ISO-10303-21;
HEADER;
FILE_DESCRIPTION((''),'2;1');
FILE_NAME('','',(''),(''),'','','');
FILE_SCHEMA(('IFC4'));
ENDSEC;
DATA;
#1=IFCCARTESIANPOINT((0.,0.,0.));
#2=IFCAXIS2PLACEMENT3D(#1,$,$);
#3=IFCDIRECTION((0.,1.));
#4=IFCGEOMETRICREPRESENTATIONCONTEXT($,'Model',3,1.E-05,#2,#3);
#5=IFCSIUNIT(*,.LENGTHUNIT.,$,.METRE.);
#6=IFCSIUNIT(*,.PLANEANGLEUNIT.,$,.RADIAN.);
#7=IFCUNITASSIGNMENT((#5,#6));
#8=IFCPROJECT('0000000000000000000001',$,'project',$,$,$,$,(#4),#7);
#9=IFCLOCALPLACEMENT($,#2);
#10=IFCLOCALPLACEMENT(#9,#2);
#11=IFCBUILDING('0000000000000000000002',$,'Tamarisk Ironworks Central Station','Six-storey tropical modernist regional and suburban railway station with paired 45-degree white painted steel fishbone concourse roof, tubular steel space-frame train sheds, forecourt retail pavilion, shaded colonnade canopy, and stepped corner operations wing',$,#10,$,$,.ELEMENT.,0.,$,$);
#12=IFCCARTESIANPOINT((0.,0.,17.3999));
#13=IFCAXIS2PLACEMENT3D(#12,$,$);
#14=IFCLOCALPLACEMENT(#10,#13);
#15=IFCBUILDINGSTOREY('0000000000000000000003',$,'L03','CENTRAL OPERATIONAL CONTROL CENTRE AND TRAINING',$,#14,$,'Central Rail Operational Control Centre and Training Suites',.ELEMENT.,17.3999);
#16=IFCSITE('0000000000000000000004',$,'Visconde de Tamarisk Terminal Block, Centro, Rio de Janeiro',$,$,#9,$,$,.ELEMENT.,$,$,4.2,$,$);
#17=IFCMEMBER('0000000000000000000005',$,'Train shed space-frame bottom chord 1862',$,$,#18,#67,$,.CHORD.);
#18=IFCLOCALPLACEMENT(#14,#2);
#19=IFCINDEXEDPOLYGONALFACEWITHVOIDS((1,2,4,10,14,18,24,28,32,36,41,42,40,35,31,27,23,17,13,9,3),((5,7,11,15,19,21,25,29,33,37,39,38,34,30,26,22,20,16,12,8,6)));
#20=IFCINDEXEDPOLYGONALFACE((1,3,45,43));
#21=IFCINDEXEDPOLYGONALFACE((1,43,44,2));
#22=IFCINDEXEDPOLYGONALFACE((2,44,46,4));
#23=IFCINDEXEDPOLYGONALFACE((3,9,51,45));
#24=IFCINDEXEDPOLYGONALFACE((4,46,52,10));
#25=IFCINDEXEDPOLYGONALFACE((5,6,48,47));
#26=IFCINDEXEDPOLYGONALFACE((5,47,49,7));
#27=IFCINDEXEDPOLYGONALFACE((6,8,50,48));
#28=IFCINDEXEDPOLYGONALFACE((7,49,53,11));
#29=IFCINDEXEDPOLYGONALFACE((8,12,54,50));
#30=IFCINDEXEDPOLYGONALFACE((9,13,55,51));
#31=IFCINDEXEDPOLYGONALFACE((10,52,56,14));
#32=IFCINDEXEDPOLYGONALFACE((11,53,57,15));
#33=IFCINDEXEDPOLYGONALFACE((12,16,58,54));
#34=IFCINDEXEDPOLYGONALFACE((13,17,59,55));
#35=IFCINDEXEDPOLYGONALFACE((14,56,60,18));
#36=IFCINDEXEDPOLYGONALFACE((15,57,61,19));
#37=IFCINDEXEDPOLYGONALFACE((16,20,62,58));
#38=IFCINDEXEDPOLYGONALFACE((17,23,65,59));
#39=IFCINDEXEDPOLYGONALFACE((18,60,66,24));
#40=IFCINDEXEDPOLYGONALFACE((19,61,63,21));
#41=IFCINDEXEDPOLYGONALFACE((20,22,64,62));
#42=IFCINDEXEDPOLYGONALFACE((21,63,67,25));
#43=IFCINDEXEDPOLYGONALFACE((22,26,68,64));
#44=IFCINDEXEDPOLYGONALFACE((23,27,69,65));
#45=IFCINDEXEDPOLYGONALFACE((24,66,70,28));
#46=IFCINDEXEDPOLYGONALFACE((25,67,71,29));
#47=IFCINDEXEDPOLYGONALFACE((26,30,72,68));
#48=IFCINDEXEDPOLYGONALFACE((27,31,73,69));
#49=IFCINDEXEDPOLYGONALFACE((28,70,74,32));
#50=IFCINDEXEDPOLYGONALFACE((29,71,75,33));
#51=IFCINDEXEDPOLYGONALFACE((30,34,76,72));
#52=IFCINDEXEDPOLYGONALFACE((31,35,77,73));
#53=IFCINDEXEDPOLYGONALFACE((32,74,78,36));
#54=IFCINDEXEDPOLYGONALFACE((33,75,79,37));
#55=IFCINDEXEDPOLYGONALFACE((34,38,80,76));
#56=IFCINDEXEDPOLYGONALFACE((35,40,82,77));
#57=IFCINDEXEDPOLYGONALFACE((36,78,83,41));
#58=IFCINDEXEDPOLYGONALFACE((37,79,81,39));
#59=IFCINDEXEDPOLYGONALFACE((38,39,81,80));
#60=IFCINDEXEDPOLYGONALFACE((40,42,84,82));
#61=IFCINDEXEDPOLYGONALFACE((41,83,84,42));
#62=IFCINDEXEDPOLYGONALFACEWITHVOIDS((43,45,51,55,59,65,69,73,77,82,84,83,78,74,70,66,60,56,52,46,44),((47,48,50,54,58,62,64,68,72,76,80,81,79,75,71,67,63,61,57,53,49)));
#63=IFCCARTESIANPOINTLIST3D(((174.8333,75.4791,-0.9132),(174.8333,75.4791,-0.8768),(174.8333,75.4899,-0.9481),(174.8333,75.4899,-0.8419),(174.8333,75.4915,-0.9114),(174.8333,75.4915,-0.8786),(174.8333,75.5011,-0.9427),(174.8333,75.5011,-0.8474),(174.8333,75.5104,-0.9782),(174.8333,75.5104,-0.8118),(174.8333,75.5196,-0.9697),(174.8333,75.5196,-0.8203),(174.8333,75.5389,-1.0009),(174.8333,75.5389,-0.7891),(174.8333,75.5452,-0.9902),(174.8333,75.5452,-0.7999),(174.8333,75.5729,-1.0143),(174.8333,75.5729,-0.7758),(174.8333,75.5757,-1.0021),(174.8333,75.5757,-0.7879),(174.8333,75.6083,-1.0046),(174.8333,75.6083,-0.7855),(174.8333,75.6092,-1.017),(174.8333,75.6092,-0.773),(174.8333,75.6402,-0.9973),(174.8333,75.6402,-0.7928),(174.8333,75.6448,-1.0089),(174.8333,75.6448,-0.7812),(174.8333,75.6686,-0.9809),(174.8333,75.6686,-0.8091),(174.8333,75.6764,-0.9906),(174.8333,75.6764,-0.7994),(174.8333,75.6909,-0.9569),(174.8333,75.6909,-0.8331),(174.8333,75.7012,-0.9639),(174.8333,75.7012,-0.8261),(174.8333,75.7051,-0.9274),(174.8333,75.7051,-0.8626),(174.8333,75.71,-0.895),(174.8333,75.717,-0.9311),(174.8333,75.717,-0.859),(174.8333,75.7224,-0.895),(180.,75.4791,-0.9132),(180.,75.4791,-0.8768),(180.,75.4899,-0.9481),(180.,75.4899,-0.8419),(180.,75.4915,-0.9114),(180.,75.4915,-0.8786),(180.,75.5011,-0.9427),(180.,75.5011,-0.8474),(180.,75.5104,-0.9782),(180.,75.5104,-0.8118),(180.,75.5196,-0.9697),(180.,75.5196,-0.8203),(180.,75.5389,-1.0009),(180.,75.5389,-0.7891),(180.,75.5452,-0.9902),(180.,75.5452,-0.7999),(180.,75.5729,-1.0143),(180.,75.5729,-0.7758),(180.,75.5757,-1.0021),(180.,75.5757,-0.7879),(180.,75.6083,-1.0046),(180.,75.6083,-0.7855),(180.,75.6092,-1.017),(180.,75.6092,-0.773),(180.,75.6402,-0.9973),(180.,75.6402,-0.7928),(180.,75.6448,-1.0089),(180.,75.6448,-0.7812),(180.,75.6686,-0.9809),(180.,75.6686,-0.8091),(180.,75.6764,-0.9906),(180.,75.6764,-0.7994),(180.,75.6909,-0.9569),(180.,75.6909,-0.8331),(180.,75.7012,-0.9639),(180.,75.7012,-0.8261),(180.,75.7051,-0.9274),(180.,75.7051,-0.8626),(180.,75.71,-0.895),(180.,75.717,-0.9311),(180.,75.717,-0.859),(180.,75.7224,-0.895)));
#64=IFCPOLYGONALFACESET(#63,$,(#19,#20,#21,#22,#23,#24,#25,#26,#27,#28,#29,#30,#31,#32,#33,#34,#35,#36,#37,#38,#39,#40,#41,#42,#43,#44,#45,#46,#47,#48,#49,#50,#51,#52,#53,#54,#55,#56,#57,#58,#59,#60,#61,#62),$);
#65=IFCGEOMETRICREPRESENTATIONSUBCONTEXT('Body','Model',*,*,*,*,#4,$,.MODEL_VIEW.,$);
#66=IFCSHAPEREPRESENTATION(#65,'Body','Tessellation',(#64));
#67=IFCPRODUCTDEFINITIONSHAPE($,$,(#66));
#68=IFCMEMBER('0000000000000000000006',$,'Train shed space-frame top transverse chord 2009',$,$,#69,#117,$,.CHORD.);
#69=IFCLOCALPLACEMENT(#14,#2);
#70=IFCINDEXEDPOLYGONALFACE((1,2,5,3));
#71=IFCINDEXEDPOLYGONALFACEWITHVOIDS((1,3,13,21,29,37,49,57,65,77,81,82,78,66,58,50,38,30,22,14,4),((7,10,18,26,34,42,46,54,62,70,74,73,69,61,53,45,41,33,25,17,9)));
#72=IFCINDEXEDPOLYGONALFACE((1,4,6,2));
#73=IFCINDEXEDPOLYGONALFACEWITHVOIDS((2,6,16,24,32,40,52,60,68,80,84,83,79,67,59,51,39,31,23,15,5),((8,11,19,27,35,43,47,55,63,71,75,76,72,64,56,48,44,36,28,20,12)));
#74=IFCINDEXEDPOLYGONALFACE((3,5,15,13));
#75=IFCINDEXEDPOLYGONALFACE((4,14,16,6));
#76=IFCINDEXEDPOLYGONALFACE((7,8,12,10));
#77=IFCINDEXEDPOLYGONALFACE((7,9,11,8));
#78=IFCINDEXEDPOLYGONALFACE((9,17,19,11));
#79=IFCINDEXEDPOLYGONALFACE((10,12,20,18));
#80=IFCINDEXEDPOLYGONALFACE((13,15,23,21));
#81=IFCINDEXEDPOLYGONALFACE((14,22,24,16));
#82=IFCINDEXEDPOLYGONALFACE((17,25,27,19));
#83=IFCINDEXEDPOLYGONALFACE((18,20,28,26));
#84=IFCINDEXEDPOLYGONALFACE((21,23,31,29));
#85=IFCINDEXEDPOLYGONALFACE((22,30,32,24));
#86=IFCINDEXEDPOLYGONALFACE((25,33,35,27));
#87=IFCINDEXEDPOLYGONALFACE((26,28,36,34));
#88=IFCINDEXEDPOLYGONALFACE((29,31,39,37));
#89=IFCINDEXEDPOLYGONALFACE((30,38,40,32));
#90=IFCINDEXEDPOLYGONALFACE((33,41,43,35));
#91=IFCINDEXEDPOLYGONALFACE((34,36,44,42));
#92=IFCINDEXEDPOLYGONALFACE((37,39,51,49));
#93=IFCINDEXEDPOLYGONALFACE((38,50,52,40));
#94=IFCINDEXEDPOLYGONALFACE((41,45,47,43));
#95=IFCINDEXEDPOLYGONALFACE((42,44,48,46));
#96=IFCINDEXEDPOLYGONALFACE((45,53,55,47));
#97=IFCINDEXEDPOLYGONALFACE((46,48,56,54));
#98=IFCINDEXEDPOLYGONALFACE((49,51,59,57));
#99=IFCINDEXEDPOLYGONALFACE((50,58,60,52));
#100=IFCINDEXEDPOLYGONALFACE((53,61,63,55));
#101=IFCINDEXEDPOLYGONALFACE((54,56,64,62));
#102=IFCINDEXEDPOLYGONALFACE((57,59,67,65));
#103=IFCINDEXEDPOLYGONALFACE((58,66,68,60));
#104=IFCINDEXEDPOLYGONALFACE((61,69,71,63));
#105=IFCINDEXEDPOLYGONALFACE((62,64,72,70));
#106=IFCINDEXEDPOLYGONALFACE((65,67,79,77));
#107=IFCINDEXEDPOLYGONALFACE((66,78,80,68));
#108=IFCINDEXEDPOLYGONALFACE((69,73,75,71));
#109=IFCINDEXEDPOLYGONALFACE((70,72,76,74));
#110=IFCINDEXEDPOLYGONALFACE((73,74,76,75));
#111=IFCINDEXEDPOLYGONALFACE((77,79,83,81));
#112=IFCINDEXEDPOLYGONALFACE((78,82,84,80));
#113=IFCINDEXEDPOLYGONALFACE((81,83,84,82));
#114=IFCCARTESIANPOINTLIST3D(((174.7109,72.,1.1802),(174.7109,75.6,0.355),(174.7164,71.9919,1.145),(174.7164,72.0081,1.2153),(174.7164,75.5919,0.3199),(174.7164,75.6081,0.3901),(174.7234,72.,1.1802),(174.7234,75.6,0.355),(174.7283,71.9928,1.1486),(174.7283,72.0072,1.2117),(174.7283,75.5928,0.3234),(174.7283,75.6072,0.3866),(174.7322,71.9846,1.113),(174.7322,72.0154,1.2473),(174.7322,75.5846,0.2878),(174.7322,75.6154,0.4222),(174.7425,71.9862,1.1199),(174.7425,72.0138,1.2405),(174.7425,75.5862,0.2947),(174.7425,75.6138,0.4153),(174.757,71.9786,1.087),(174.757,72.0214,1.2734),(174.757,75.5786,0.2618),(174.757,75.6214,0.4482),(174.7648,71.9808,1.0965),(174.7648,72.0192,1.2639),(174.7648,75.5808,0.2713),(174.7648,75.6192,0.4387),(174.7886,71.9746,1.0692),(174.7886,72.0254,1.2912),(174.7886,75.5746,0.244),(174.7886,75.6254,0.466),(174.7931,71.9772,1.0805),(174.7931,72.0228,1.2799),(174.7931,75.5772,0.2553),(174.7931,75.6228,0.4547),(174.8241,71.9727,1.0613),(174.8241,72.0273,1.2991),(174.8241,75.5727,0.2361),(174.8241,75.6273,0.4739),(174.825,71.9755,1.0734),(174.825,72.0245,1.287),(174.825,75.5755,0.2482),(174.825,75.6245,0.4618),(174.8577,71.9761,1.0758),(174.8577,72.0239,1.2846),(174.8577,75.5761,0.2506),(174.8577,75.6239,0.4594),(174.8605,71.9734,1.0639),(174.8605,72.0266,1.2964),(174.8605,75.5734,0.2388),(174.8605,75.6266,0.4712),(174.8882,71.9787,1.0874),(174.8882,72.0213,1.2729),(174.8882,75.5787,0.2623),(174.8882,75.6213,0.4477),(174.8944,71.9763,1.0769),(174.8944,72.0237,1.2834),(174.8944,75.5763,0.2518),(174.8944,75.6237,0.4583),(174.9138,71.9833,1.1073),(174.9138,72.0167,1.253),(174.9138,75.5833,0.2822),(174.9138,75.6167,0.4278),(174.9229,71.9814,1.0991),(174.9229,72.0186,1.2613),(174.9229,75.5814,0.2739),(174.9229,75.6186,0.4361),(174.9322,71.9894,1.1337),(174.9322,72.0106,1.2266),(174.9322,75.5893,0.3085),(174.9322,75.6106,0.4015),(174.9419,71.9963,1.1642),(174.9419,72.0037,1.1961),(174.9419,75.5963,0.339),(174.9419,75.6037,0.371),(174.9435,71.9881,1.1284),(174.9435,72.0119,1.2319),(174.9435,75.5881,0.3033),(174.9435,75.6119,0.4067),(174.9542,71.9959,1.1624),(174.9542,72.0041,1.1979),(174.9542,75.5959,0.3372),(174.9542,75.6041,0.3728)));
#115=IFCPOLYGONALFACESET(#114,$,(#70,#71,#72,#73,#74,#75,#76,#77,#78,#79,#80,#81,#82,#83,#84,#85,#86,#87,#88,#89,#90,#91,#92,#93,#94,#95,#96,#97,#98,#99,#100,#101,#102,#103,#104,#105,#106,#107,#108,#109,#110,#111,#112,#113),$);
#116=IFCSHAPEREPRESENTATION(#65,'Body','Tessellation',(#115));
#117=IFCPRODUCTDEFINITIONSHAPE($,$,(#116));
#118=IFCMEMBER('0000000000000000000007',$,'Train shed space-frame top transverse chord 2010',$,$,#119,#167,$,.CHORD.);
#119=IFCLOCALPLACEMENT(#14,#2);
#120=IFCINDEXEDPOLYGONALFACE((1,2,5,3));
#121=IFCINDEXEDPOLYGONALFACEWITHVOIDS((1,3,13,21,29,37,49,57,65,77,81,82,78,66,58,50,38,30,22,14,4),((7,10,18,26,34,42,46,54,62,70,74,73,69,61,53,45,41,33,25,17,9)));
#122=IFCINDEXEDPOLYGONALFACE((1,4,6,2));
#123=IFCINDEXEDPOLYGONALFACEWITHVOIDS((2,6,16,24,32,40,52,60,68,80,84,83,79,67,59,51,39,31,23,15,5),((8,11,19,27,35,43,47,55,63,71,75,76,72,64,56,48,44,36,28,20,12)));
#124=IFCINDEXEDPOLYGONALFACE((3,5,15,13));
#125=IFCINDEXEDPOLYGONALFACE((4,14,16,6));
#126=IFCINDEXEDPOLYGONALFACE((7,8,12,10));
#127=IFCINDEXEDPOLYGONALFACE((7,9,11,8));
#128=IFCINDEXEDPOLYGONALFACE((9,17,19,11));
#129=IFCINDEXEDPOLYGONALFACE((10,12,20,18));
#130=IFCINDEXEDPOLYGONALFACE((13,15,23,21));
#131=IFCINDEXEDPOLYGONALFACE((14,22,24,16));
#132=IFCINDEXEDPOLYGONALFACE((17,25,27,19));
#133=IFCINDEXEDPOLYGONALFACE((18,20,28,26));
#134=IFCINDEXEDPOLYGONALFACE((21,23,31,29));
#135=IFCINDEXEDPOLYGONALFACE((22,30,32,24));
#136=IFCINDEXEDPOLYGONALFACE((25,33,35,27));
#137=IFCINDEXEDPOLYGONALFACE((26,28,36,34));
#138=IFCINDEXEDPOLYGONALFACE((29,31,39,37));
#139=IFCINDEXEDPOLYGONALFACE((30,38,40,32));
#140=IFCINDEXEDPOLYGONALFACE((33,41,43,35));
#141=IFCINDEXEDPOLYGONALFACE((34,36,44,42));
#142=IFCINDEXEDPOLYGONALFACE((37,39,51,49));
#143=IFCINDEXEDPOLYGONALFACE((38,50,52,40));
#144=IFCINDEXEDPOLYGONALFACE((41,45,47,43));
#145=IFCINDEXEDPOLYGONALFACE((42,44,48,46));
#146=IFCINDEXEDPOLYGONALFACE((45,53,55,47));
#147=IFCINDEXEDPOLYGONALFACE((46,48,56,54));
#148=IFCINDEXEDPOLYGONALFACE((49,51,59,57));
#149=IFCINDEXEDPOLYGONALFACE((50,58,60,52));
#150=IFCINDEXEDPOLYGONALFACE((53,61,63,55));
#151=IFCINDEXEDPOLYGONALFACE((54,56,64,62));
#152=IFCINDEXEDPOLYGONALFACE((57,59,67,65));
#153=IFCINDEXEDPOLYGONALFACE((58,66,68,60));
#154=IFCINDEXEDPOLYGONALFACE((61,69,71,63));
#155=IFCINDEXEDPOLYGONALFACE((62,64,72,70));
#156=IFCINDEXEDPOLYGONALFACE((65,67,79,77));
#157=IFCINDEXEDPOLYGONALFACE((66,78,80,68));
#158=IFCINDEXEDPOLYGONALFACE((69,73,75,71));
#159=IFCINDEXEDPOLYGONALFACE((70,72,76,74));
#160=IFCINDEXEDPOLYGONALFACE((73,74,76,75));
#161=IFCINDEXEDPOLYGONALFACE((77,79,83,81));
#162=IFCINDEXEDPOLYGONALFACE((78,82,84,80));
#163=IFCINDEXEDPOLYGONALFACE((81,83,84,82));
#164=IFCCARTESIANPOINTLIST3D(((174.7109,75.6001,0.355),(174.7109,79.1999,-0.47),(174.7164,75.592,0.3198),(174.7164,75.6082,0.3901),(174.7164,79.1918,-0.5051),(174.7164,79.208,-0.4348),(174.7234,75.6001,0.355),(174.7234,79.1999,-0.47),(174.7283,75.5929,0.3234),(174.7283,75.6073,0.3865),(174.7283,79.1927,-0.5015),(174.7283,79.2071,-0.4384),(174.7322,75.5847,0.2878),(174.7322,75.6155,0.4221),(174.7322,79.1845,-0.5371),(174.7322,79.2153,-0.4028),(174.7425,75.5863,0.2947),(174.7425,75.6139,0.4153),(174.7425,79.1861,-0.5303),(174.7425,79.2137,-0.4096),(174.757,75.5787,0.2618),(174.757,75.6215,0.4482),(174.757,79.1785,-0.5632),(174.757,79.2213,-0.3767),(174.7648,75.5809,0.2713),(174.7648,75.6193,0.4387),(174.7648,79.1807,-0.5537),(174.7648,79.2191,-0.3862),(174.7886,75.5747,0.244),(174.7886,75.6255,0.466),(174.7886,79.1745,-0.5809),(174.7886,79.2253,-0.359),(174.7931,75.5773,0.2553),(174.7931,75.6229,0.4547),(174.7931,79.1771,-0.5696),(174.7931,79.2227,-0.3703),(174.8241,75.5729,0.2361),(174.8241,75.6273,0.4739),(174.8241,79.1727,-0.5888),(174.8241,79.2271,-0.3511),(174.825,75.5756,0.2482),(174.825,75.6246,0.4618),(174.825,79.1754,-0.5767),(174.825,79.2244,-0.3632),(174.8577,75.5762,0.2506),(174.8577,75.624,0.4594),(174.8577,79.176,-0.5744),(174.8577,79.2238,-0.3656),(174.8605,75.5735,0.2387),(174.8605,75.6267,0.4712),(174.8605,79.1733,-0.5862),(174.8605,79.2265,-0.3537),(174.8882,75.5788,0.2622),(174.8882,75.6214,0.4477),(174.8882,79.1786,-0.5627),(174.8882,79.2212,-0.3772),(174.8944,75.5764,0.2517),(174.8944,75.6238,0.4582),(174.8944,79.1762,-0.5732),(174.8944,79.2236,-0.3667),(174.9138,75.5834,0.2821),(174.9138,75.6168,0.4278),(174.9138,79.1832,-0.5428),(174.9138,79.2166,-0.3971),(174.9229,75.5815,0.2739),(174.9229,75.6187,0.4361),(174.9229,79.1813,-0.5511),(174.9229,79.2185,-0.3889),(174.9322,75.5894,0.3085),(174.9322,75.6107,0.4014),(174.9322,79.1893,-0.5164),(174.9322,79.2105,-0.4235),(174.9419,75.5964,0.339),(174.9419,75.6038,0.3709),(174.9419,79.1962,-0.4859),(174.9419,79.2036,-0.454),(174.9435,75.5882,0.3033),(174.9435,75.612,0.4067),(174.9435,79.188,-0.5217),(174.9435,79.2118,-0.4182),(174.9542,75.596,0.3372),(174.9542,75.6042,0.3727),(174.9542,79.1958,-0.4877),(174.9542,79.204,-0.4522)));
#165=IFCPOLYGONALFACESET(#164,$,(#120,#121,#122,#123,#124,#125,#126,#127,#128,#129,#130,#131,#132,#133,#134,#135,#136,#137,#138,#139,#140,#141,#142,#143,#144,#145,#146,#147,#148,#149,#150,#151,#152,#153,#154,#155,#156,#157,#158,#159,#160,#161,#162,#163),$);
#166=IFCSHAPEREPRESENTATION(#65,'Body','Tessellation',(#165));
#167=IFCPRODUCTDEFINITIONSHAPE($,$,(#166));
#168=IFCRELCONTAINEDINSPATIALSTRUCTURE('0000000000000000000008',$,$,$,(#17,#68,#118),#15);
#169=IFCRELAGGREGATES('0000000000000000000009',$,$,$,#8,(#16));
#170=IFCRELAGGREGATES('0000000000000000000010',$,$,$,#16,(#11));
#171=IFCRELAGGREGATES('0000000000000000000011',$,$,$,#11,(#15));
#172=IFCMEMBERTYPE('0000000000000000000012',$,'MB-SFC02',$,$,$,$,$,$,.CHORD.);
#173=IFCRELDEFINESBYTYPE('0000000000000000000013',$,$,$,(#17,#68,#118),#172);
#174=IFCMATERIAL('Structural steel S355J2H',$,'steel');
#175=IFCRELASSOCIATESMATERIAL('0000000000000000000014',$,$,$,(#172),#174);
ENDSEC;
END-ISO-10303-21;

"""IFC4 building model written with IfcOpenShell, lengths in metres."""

from ifc_helpers import new_model, si_unit, direction, frame, origin, origin_2d, place, context, subcontext, project, spatial, hollow_circle, extrude, material, material_profile, profile_set, type_object, element, save


model = new_model("IFC4")

# Units and contexts
model_context = context("Model", 3, precision=1e-05, world=origin(), true_north=direction((0.0, 1.0)))
body_context = subcontext(model_context, "Body", "Model", "MODEL_VIEW")
ifc_project = project(units=[si_unit("LENGTHUNIT", "METRE"), si_unit("PLANEANGLEUNIT", "RADIAN")], contexts=[model_context])

# Site, building, storey
site_placement = place(None, origin())
site = spatial("IfcSite", under=ifc_project, at=site_placement, Name="Visconde de Tamarisk Terminal Block, Centro, Rio de Janeiro", CompositionType="ELEMENT", RefElevation=4.2)
building_placement = place(site_placement, origin())
building = spatial("IfcBuilding", under=site, at=building_placement, Name="Tamarisk Ironworks Central Station", Description="Six-storey tropical modernist regional and suburban railway station with paired 45-degree white painted steel fishbone concourse roof, tubular steel space-frame train sheds, forecourt retail pavilion, shaded colonnade canopy, and stepped corner operations wing", CompositionType="ELEMENT", ElevationOfRefHeight=0.0)
storey_placement = place(building_placement, frame((0.0, 0.0, 17.3999)))
storey = spatial("IfcBuildingStorey", under=building, at=storey_placement, Name="L03", Description="CENTRAL OPERATIONAL CONTROL CENTRE AND TRAINING", LongName="Central Rail Operational Control Centre and Training Suites", CompositionType="ELEMENT", Elevation=17.3999)

# Members
ifc_material_1 = material(Name="Structural steel S355J2H", Category="steel")
ifc_material_profile_1 = material_profile(ifc_material_1, hollow_circle(Radius=0.1223, WallThickness=0.0125, at=origin_2d()), Name="CHS 244.5x12.5")
ifc_profile_set_1 = profile_set([ifc_material_profile_1], Name="Structural steel S355J2H")
member_type_1 = type_object("IfcMemberType", Name="MB-SFC02", PredefinedType="CHORD", material=ifc_profile_set_1)
for number, where, z_axis, x_axis, name in (
    (1, (174.8333, 75.6001, -0.895), (1.0, 0.0, 0.0), (0.0, 1.0, 0.0), "Train shed space-frame bottom chord 1862"),
):
    element("IfcMember", number, at=place(storey_placement, frame(where, z_axis=z_axis, x_axis=x_axis)), inside=storey, type_object=member_type_1, Name=name, PredefinedType="CHORD", context=body_context, shape_type="SweptSolid", body=[
        extrude(hollow_circle(Radius=0.1223, WallThickness=0.0125, at=origin_2d()), origin(), (0.0, 0.0, 1.0), 5.1667),
    ])
member_1_placement = place(storey_placement, frame((174.8333, 72.0, 1.1802), z_axis=(0.0, 0.974722, -0.223421), x_axis=(-1.0, 0.0, 0.0)))
element("IfcMember", 2, at=member_1_placement, inside=storey, type_object=member_type_1, Name="Train shed space-frame top transverse chord 2009", PredefinedType="CHORD", context=body_context, shape_type="SweptSolid", body=[
    extrude(hollow_circle(Radius=0.1223, WallThickness=0.0125, at=origin_2d()), origin(), (0.0, 0.0, 1.0), 3.6934),
])
member_2_placement = place(storey_placement, frame((174.8333, 75.6001, 0.355), z_axis=(0.0, 0.974733, -0.223372), x_axis=(-1.0, 0.0, 0.0)))
element("IfcMember", 3, at=member_2_placement, inside=storey, type_object=member_type_1, Name="Train shed space-frame top transverse chord 2010", PredefinedType="CHORD", context=body_context, shape_type="SweptSolid", body=[
    extrude(hollow_circle(Radius=0.1223, WallThickness=0.0125, at=origin_2d()), origin(), (0.0, 0.0, 1.0), 3.6931),
])

save(model, "model.ifc")
